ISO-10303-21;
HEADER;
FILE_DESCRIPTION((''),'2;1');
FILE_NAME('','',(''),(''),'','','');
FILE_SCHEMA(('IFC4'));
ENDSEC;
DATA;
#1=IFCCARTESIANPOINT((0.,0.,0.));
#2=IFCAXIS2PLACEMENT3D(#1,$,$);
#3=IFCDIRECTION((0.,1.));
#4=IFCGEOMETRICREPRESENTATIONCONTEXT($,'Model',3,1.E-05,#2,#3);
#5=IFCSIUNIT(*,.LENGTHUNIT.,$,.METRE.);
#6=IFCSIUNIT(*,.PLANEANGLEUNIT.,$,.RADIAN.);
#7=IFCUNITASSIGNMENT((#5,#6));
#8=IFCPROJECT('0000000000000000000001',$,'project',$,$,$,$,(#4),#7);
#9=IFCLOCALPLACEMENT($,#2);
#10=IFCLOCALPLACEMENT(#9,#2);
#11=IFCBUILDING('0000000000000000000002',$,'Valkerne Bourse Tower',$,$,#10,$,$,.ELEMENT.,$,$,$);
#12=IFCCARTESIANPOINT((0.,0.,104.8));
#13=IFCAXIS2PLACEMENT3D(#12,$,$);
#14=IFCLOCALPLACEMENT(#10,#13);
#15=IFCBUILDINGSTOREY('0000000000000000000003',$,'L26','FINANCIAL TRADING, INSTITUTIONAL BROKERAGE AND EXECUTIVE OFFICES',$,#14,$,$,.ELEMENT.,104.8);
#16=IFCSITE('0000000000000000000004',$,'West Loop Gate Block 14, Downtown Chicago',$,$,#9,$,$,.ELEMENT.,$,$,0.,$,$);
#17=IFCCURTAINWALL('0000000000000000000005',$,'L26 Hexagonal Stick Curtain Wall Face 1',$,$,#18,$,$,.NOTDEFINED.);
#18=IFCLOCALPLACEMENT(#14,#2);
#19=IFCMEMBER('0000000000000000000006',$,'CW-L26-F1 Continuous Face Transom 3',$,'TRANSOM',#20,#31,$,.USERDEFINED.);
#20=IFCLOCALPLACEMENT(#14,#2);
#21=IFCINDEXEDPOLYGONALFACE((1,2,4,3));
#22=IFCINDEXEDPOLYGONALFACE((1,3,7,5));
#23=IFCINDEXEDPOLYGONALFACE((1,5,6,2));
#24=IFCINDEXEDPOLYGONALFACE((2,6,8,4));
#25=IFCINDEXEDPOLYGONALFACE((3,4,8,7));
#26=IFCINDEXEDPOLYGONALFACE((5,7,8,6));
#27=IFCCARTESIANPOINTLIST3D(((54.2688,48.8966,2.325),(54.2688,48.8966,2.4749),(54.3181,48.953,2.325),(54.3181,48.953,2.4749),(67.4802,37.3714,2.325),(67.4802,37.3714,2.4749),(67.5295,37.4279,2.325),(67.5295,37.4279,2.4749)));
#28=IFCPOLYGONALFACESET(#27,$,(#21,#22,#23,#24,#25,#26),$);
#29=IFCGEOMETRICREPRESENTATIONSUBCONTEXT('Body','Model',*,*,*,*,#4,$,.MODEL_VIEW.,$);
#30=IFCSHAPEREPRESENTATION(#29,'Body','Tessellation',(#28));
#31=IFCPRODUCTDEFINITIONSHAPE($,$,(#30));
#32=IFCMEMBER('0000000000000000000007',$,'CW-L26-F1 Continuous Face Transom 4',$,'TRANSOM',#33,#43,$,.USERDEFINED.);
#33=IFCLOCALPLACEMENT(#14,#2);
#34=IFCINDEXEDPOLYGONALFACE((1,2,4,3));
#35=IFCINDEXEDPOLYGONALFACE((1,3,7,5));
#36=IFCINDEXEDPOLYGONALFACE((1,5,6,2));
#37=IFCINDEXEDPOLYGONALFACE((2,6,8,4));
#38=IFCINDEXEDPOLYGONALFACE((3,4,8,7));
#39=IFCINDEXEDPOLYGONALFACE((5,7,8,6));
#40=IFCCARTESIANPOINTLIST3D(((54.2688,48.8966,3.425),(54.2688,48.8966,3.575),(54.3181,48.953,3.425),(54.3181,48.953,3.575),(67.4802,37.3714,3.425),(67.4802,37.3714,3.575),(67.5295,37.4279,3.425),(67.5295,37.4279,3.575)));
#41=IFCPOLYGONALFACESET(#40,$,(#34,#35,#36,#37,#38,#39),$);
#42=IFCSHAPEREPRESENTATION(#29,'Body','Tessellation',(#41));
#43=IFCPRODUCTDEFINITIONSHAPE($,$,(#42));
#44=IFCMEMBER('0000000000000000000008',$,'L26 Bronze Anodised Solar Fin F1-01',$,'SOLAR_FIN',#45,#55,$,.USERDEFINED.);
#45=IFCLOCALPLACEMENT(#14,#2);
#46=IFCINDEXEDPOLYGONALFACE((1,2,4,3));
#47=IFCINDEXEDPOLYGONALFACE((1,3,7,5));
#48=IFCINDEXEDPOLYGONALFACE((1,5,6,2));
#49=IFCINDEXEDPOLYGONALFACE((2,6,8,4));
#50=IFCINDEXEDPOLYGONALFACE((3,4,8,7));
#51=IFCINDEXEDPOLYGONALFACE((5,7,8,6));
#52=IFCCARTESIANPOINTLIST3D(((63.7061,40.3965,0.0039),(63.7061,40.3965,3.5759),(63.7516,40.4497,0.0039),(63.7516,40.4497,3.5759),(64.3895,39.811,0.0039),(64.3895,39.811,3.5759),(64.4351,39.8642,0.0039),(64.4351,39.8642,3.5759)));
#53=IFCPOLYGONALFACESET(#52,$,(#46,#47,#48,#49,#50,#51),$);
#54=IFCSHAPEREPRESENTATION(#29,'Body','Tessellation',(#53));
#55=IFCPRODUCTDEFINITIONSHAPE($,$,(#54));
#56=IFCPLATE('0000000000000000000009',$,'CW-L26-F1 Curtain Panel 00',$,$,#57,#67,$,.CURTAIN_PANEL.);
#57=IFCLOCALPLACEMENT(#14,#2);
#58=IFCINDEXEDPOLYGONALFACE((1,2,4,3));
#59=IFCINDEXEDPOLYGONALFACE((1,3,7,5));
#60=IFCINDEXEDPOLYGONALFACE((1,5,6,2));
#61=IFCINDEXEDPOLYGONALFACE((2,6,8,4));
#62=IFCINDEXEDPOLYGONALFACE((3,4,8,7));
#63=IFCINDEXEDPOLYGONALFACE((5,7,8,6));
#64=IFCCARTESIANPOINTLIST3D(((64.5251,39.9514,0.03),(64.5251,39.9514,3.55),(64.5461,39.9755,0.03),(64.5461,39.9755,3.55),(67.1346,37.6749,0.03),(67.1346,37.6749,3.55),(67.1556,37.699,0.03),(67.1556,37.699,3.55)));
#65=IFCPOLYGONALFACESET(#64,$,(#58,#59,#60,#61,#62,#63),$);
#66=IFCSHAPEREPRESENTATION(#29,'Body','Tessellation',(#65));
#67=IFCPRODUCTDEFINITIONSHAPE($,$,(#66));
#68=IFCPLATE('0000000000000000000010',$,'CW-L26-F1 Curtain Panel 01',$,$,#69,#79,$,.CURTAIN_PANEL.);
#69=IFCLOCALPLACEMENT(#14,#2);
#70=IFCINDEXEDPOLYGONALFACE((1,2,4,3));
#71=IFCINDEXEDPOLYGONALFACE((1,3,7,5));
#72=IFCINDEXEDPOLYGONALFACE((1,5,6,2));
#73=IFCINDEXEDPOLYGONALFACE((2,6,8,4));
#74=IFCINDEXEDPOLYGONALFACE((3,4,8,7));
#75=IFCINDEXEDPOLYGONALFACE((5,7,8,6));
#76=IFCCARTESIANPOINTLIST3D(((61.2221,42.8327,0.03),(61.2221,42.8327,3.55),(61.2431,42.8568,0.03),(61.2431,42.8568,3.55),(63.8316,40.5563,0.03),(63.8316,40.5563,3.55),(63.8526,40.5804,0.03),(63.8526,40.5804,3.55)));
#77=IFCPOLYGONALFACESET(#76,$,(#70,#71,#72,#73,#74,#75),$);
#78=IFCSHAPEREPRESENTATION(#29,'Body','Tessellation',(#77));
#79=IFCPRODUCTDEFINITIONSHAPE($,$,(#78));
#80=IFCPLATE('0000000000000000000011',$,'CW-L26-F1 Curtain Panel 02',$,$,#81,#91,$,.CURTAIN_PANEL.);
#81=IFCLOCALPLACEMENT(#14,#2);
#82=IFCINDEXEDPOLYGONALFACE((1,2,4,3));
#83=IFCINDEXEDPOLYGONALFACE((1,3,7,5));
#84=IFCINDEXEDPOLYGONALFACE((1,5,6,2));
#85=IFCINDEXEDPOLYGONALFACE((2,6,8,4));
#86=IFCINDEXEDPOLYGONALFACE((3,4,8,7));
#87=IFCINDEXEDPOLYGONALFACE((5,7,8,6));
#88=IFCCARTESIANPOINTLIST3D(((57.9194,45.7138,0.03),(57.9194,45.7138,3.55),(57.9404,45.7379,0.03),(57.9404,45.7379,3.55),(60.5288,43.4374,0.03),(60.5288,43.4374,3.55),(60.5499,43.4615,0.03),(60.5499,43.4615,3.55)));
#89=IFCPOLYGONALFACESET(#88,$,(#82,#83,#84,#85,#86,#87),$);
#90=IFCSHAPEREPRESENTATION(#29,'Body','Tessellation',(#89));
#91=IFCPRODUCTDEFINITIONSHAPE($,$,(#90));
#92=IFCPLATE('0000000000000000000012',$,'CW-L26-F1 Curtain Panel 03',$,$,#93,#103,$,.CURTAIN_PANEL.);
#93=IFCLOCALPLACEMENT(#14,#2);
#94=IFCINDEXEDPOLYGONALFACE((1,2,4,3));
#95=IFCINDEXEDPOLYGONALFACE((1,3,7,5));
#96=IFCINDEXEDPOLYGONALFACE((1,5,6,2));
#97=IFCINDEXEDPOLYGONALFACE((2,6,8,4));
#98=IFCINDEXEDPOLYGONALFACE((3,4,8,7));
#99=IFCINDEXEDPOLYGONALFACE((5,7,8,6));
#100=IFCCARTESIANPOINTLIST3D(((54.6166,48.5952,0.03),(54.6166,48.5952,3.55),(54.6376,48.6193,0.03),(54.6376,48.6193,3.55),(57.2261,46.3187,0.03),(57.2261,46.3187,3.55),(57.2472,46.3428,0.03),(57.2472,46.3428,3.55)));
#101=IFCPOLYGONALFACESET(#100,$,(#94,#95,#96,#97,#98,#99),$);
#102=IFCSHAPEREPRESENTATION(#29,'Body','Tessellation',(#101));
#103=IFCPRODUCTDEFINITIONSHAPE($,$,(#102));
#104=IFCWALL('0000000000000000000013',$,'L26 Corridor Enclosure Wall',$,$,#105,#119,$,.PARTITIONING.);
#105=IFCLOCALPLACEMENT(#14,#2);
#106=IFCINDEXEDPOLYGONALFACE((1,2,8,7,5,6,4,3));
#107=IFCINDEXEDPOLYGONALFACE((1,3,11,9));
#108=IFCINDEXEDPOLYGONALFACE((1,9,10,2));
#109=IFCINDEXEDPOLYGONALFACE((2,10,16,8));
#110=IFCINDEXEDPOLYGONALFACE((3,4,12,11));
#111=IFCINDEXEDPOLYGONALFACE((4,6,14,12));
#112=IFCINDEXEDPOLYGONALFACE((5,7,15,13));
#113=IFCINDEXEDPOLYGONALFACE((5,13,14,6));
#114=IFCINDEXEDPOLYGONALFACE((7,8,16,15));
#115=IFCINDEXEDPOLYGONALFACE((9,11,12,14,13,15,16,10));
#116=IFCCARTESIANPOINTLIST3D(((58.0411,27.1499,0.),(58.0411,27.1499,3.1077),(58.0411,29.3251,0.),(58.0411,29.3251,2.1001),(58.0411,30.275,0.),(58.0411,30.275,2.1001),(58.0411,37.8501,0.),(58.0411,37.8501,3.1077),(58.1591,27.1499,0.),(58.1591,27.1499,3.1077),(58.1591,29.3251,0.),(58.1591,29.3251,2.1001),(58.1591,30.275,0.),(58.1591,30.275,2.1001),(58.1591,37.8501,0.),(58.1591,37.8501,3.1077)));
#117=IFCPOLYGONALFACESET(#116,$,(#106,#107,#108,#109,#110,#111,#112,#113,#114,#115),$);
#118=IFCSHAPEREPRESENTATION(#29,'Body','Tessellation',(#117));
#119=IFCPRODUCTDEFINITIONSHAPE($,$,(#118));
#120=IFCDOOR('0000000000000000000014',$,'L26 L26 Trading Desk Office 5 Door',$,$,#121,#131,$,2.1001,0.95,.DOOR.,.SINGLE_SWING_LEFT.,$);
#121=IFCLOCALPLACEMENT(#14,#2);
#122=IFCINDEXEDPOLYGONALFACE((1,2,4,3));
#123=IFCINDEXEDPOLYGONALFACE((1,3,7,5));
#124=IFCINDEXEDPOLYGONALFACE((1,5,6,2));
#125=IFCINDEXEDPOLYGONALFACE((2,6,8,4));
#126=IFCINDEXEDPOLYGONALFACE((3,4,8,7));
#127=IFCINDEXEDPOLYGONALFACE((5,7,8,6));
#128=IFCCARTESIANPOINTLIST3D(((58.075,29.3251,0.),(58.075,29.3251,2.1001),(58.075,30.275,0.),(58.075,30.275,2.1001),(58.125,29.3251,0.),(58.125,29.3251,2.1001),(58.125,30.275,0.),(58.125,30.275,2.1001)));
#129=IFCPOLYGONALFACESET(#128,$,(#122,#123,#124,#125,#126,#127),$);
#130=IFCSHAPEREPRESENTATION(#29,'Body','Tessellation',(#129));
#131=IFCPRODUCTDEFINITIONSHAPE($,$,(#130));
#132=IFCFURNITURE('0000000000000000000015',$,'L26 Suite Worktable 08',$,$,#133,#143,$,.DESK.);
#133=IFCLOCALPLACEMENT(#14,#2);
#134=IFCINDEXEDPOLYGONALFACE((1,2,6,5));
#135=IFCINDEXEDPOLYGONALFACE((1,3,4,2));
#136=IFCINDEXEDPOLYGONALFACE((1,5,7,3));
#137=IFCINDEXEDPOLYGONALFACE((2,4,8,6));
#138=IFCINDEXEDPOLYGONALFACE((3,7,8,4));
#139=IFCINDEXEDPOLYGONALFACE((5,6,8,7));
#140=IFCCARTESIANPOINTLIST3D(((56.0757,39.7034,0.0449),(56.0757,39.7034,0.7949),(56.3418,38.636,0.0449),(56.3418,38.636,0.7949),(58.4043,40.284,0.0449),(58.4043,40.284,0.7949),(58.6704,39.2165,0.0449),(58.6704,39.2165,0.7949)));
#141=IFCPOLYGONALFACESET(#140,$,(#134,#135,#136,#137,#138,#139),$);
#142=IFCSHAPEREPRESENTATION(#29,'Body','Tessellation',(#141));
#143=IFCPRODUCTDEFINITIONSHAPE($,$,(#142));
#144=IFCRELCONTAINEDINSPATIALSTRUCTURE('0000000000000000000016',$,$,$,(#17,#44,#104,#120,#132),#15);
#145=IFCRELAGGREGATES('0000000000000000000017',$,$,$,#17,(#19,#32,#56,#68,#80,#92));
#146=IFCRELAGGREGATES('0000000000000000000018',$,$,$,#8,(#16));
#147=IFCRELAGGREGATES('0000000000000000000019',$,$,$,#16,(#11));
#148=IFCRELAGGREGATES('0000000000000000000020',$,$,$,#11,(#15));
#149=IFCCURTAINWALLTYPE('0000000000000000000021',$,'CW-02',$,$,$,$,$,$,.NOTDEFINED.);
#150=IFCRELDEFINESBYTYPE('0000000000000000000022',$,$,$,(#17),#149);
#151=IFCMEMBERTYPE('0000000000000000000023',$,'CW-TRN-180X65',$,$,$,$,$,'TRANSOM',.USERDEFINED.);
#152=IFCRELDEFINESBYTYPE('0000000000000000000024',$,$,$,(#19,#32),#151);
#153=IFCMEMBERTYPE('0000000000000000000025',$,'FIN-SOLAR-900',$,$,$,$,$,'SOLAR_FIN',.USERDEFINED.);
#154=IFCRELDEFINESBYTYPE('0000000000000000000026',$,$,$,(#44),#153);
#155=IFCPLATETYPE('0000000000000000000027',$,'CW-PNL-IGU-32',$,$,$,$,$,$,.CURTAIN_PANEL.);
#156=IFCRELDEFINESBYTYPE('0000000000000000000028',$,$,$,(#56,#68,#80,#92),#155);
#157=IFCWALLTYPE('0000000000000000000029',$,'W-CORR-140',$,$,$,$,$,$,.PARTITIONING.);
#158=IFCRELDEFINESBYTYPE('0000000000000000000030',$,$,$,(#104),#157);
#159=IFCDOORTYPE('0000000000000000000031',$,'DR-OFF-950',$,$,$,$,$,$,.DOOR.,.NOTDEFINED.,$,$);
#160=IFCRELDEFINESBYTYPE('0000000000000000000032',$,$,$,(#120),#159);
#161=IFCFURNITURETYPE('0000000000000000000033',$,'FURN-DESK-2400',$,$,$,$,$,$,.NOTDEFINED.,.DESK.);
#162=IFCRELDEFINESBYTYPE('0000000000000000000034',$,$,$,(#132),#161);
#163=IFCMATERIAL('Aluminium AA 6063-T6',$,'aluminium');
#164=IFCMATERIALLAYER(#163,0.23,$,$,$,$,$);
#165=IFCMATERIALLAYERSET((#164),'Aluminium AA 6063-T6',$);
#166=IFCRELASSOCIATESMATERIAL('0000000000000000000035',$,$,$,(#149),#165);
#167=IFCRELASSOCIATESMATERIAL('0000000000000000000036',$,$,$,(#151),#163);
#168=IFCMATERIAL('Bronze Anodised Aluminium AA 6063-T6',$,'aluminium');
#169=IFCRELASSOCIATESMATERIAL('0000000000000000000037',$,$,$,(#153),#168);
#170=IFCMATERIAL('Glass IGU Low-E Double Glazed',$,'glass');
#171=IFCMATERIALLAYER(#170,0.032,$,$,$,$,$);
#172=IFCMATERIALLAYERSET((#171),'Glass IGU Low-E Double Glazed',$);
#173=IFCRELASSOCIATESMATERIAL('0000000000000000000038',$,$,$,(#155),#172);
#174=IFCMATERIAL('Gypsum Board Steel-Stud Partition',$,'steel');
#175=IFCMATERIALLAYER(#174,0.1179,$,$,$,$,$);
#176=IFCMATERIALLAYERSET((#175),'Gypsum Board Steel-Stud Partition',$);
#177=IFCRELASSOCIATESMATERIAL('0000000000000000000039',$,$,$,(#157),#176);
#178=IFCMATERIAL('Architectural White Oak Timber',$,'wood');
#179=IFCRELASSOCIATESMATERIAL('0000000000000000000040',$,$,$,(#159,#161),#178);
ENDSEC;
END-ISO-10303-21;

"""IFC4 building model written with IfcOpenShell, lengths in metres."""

from ifc_helpers import new_model, si_unit, direction, frame, frame_2d, origin, origin_2d, place, context, subcontext, project, spatial, rectangle, extrude, material, layer, layer_set, material_profile, profile_set, type_object, element, fill, aggregate, save


model = new_model("IFC4")

# Units and contexts
model_context = context("Model", 3, precision=1e-05, world=origin(), true_north=direction((0.0, 1.0)))
body_context = subcontext(model_context, "Body", "Model", "MODEL_VIEW")
ifc_project = project(units=[si_unit("LENGTHUNIT", "METRE"), si_unit("PLANEANGLEUNIT", "RADIAN")], contexts=[model_context])

# Site, building, storey
site_placement = place(None, origin())
site = spatial("IfcSite", under=ifc_project, at=site_placement, Name="West Loop Gate Block 14, Downtown Chicago", CompositionType="ELEMENT", RefElevation=0.0)
building_placement = place(site_placement, origin())
building = spatial("IfcBuilding", under=site, at=building_placement, Name="Valkerne Bourse Tower", CompositionType="ELEMENT")
storey_placement = place(building_placement, frame((0.0, 0.0, 104.8)))
storey = spatial("IfcBuildingStorey", under=building, at=storey_placement, Name="L26", Description="FINANCIAL TRADING, INSTITUTIONAL BROKERAGE AND EXECUTIVE OFFICES", CompositionType="ELEMENT", Elevation=104.8)

# Curtain wall, members
ifc_material_1 = material(Name="Aluminium AA 6063-T6", Category="aluminium")
ifc_layer_1 = layer(ifc_material_1, 0.23)
ifc_layer_set_1 = layer_set([ifc_layer_1], Name="Aluminium AA 6063-T6")
curtain_wall_type = type_object("IfcCurtainWallType", Name="CW-02", PredefinedType="NOTDEFINED", material=ifc_layer_set_1)
curtain_wall_placement = place(storey_placement, origin())
curtain_wall = element("IfcCurtainWall", 1, at=curtain_wall_placement, inside=storey, type_object=curtain_wall_type, Name="L26 Hexagonal Stick Curtain Wall Face 1", PredefinedType="NOTDEFINED")
ifc_material_profile_1 = material_profile(ifc_material_1, rectangle(XDim=0.075, YDim=0.1499, at=origin_2d()), Name="CWT-75X150")
ifc_profile_set_1 = profile_set([ifc_material_profile_1], Name="Aluminium AA 6063-T6")
member_type_1 = type_object("IfcMemberType", Name="CW-TRN-180X65", ElementType="TRANSOM", PredefinedType="USERDEFINED", material=ifc_profile_set_1)
member_1_placement = place(storey_placement, frame((67.5049, 37.3997, 2.3999), z_axis=(-0.753561, 0.657378, 0.0), x_axis=(-0.657378, -0.753561, 0.0)))
member_1 = element("IfcMember", 2, at=member_1_placement, type_object=member_type_1, Name="CW-L26-F1 Continuous Face Transom 3", ObjectType="TRANSOM", PredefinedType="USERDEFINED", context=body_context, shape_type="SweptSolid", body=[
    extrude(rectangle(XDim=0.075, YDim=0.1499, at=origin_2d()), origin(), (0.0, 0.0, 1.0), 17.532),
])
member_2_placement = place(storey_placement, frame((67.5049, 37.3997, 3.5), z_axis=(-0.753561, 0.657378, 0.0), x_axis=(-0.657378, -0.753561, 0.0)))
member_2 = element("IfcMember", 3, at=member_2_placement, type_object=member_type_1, Name="CW-L26-F1 Continuous Face Transom 4", ObjectType="TRANSOM", PredefinedType="USERDEFINED", context=body_context, shape_type="SweptSolid", body=[
    extrude(rectangle(XDim=0.075, YDim=0.1499, at=origin_2d()), origin(), (0.0, 0.0, 1.0), 17.532),
])

# Member
ifc_material_2 = material(Name="Bronze Anodised Aluminium AA 6063-T6", Category="aluminium")
ifc_material_profile_2 = material_profile(ifc_material_2, rectangle(XDim=0.0701, YDim=0.8999, at=origin_2d()), Name="FIN-70X900")
ifc_profile_set_2 = profile_set([ifc_material_profile_2], Name="Bronze Anodised Aluminium AA 6063-T6")
member_type_2 = type_object("IfcMemberType", Name="FIN-SOLAR-900", ElementType="SOLAR_FIN", PredefinedType="USERDEFINED", material=ifc_profile_set_2)
member_3_placement = place(storey_placement, frame((64.0706, 40.1304, 0.0039), z_axis=(0.0, 0.0, 1.0), x_axis=(0.650592, 0.759428, 0.0)))
element("IfcMember", 4, at=member_3_placement, inside=storey, type_object=member_type_2, Name="L26 Bronze Anodised Solar Fin F1-01", ObjectType="SOLAR_FIN", PredefinedType="USERDEFINED", context=body_context, shape_type="SweptSolid", body=[
    extrude(rectangle(XDim=0.0701, YDim=0.8999, at=origin_2d()), origin(), (0.0, 0.0, 1.0), 3.572),
])

# Plates
ifc_material_3 = material(Name="Glass IGU Low-E Double Glazed", Category="glass")
ifc_layer_2 = layer(ifc_material_3, 0.032)
ifc_layer_set_2 = layer_set([ifc_layer_2], Name="Glass IGU Low-E Double Glazed")
plate_type = type_object("IfcPlateType", Name="CW-PNL-IGU-32", PredefinedType="CURTAIN_PANEL", material=ifc_layer_set_2)
plate_1_placement = place(storey_placement, frame((65.8403, 38.8252, 0.03), z_axis=(0.0, 0.0, 1.0), x_axis=(-0.753564, 0.657375, 0.0)))
plate_1 = element("IfcPlate", 5, at=plate_1_placement, type_object=plate_type, Name="CW-L26-F1 Curtain Panel 00", PredefinedType="CURTAIN_PANEL", context=body_context, shape_type="SweptSolid", body=[
    extrude(rectangle(XDim=3.4629, YDim=0.032, at=origin_2d()), origin(), (0.0, 0.0, 1.0), 3.52),
])
plate_2_placement = place(storey_placement, frame((62.5374, 41.7065, 0.03), z_axis=(0.0, 0.0, 1.0), x_axis=(-0.753575, 0.657362, 0.0)))
plate_2 = element("IfcPlate", 6, at=plate_2_placement, type_object=plate_type, Name="CW-L26-F1 Curtain Panel 01", PredefinedType="CURTAIN_PANEL", context=body_context, shape_type="SweptSolid", body=[
    extrude(rectangle(XDim=3.4629, YDim=0.032, at=origin_2d()), origin(), (0.0, 0.0, 1.0), 3.52),
])
plate_3_placement = place(storey_placement, frame((59.2346, 44.5876, 0.03), z_axis=(0.0, 0.0, 1.0), x_axis=(-0.753554, 0.657386, 0.0)))
plate_3 = element("IfcPlate", 7, at=plate_3_placement, type_object=plate_type, Name="CW-L26-F1 Curtain Panel 02", PredefinedType="CURTAIN_PANEL", context=body_context, shape_type="SweptSolid", body=[
    extrude(rectangle(XDim=3.4629, YDim=0.032, at=origin_2d()), origin(), (0.0, 0.0, 1.0), 3.52),
])
plate_4_placement = place(storey_placement, frame((55.9319, 47.469, 0.03), z_axis=(0.0, 0.0, 1.0), x_axis=(-0.753564, 0.657375, 0.0)))
plate_4 = element("IfcPlate", 8, at=plate_4_placement, type_object=plate_type, Name="CW-L26-F1 Curtain Panel 03", PredefinedType="CURTAIN_PANEL", context=body_context, shape_type="SweptSolid", body=[
    extrude(rectangle(XDim=3.4629, YDim=0.032, at=origin_2d()), origin(), (0.0, 0.0, 1.0), 3.52),
])
aggregate(curtain_wall, [member_1, member_2, plate_1, plate_2, plate_3, plate_4])

# Wall, opening, door
ifc_material_4 = material(Name="Gypsum Board Steel-Stud Partition", Category="steel")
ifc_layer_3 = layer(ifc_material_4, 0.1179)
ifc_layer_set_3 = layer_set([ifc_layer_3], Name="Gypsum Board Steel-Stud Partition")
wall_type = type_object("IfcWallType", Name="W-CORR-140", PredefinedType="PARTITIONING", material=ifc_layer_set_3)
wall_placement = place(storey_placement, frame((58.1001, 37.8501, 0.0), z_axis=(0.0, 0.0, 1.0), x_axis=(0.0, -1.0, 0.0)))
wall = element("IfcWall", 9, at=wall_placement, inside=storey, type_object=wall_type, Name="L26 Corridor Enclosure Wall", PredefinedType="PARTITIONING", context=body_context, shape_type="SweptSolid", body=[
    extrude(rectangle(XDim=10.7002, YDim=0.1179, at=frame_2d((5.3501, 0.0))), origin(), (0.0, 0.0, 1.0), 3.1077),
])
opening_placement = place(wall_placement, frame((7.575, 0.0, 0.0)))
opening = element("IfcOpeningElement", 10, at=opening_placement, cuts=wall, PredefinedType="OPENING", context=body_context, shape_type="SweptSolid", body=[
    extrude(rectangle(XDim=0.95, YDim=2.1001, at=frame_2d((0.4751, 1.05))), frame((0.0, 0.0688, 0.0), z_axis=(0.0, -1.0, 0.0), x_axis=(1.0, 0.0, 0.0)), (0.0, 0.0, 1.0), 0.1379),
])
ifc_material_5 = material(Name="Architectural White Oak Timber", Category="wood")
door_type = type_object("IfcDoorType", Name="DR-OFF-950", OperationType="NOTDEFINED", PredefinedType="DOOR", material=ifc_material_5)
door_placement = place(opening_placement, origin())
door = element("IfcDoor", 11, at=door_placement, inside=storey, type_object=door_type, Name="L26 L26 Trading Desk Office 5 Door", OperationType="SINGLE_SWING_LEFT", OverallHeight=2.1001, OverallWidth=0.95, PredefinedType="DOOR", context=body_context, shape_type="SweptSolid", body=[
    extrude(rectangle(XDim=0.95, YDim=2.1001, at=frame_2d((0.4751, 1.05))), frame((0.0, 0.0249, 0.0), z_axis=(0.0, -1.0, 0.0), x_axis=(1.0, 0.0, 0.0)), (0.0, 0.0, 1.0), 0.05),
])
fill(opening, door)

# Furniture
furniture_type = type_object("IfcFurnitureType", Name="FURN-DESK-2400", AssemblyPlace="NOTDEFINED", PredefinedType="DESK", material=ifc_material_5)
furniture_placement = place(storey_placement, frame((57.373, 39.46, 0.0449), z_axis=(0.0, 0.0, 1.0), x_axis=(0.970296, 0.241922, 0.0)))
element("IfcFurniture", 12, at=furniture_placement, inside=storey, type_object=furniture_type, Name="L26 Suite Worktable 08", PredefinedType="DESK", context=body_context, shape_type="SweptSolid", body=[
    extrude(rectangle(XDim=2.3999, YDim=1.1001, at=origin_2d()), origin(), (0.0, 0.0, 1.0), 0.75),
])

save(model, "model.ifc")
